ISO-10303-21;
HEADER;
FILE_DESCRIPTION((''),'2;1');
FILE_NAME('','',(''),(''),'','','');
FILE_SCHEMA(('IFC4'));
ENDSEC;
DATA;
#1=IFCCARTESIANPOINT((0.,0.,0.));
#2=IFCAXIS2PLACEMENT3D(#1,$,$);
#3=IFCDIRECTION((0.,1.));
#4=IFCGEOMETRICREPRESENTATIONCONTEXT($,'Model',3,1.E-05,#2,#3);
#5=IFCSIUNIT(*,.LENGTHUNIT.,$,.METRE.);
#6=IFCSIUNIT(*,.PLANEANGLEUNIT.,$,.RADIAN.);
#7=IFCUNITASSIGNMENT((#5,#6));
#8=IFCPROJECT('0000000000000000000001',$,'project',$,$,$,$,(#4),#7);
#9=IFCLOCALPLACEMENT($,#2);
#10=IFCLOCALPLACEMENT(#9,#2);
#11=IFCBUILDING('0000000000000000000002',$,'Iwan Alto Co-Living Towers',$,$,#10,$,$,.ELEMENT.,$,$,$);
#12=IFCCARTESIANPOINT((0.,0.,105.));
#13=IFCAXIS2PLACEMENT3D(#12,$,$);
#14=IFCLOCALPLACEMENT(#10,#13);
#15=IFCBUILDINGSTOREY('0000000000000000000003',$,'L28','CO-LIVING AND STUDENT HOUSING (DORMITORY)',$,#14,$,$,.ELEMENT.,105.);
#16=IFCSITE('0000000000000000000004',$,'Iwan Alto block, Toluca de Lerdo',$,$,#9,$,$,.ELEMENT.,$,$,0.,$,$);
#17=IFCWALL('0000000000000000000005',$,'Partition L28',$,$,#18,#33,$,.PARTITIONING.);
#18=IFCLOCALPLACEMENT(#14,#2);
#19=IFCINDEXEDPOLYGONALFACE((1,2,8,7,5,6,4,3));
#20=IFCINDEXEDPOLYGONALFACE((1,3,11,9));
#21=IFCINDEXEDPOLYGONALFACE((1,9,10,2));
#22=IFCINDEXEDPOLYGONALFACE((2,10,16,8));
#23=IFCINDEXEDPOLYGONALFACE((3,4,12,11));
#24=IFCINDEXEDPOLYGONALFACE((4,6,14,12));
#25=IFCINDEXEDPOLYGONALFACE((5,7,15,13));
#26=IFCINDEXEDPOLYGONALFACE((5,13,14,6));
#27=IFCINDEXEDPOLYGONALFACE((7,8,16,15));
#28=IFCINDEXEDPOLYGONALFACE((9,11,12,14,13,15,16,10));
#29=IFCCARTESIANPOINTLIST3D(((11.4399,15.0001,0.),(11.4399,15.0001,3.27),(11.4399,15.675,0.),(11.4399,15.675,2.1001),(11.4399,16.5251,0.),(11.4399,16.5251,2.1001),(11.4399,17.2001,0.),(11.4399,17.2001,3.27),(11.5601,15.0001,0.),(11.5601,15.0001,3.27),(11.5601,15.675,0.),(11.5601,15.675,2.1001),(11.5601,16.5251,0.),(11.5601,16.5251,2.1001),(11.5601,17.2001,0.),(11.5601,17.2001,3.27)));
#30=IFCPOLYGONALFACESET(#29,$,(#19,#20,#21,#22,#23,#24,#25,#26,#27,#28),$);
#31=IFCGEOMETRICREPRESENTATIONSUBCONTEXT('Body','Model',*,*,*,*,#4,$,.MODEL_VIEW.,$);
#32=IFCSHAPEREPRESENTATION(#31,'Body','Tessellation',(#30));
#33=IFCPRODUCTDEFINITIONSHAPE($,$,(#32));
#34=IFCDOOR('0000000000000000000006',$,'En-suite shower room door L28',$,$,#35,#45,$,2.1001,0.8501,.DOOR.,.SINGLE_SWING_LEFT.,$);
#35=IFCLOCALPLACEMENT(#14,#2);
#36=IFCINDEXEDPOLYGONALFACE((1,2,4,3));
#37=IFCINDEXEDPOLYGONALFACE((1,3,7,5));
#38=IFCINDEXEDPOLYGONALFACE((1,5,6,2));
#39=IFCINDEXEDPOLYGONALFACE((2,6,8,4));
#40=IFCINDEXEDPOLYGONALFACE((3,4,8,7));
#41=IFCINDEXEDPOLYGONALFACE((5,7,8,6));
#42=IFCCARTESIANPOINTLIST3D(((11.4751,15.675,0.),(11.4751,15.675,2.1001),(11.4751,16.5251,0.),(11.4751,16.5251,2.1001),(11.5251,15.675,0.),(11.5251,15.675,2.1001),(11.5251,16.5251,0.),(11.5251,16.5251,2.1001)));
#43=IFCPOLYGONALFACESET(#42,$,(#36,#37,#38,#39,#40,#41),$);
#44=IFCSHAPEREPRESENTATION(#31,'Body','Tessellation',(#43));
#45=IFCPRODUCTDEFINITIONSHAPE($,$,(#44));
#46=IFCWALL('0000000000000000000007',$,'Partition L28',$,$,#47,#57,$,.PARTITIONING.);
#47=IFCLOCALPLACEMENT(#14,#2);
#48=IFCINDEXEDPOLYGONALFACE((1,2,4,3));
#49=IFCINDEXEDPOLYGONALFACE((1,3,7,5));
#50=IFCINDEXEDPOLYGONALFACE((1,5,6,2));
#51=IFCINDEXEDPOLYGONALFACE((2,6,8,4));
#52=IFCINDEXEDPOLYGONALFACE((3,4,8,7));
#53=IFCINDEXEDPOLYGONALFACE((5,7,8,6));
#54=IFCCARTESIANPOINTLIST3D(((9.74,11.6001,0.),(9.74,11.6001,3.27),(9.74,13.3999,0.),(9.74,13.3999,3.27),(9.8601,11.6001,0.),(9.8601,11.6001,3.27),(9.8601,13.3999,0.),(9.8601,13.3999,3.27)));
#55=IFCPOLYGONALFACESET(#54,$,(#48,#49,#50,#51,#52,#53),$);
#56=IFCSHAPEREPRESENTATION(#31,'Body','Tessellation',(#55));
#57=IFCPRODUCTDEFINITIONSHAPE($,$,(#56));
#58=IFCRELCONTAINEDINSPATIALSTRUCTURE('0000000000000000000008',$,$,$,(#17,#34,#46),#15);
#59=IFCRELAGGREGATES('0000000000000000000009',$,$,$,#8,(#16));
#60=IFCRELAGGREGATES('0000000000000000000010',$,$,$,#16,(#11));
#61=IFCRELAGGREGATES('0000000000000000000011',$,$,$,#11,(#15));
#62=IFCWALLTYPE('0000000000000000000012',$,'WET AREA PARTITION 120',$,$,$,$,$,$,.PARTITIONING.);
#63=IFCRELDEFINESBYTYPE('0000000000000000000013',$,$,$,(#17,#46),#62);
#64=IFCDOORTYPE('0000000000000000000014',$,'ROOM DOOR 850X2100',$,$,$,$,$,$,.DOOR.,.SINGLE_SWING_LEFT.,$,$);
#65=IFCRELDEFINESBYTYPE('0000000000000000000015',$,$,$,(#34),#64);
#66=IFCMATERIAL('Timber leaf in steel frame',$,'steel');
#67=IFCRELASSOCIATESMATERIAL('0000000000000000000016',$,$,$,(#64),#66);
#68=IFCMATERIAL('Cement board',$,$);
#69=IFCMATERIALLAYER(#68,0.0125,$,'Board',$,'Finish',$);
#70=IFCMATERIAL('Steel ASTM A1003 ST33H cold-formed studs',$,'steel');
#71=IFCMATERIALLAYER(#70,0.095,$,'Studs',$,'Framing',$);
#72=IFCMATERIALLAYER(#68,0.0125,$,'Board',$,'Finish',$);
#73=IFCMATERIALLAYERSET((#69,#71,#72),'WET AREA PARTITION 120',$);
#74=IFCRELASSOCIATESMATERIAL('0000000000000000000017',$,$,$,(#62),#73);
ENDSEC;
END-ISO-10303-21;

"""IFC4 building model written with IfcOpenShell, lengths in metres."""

from ifc_helpers import new_model, si_unit, direction, frame, frame_2d, origin, place, context, subcontext, project, spatial, rectangle, extrude, material, layer, layer_set, type_object, element, fill, save


model = new_model("IFC4")

# Units and contexts
model_context = context("Model", 3, precision=1e-05, world=origin(), true_north=direction((0.0, 1.0)))
body_context = subcontext(model_context, "Body", "Model", "MODEL_VIEW")
ifc_project = project(units=[si_unit("LENGTHUNIT", "METRE"), si_unit("PLANEANGLEUNIT", "RADIAN")], contexts=[model_context])

# Site, building, storey
site_placement = place(None, origin())
site = spatial("IfcSite", under=ifc_project, at=site_placement, Name="Iwan Alto block, Toluca de Lerdo", CompositionType="ELEMENT", RefElevation=0.0)
building_placement = place(site_placement, origin())
building = spatial("IfcBuilding", under=site, at=building_placement, Name="Iwan Alto Co-Living Towers", CompositionType="ELEMENT")
storey_placement = place(building_placement, frame((0.0, 0.0, 105.0)))
storey = spatial("IfcBuildingStorey", under=building, at=storey_placement, Name="L28", Description="CO-LIVING AND STUDENT HOUSING (DORMITORY)", CompositionType="ELEMENT", Elevation=105.0)

# Shared definitions
ifc_material_1 = material(Name="Steel ASTM A1003 ST33H cold-formed studs", Category="steel")

# Shared definitions
ifc_material_2 = material(Name="Timber leaf in steel frame", Category="steel")
door_type_1 = type_object("IfcDoorType", Name="ROOM DOOR 850X2100", OperationType="SINGLE_SWING_LEFT", PredefinedType="DOOR", material=ifc_material_2)

# Shared definitions
ifc_material_3 = material(Name="Cement board")
ifc_layer_1 = layer(ifc_material_3, 0.0125, Name="Board", Category="Finish")
ifc_layer_2 = layer(ifc_material_1, 0.095, Name="Studs", Category="Framing")
ifc_layer_3 = layer(ifc_material_3, 0.0125, Name="Board", Category="Finish")
ifc_layer_set_1 = layer_set([ifc_layer_1, ifc_layer_2, ifc_layer_3], Name="WET AREA PARTITION 120")
wall_type_1 = type_object("IfcWallType", Name="WET AREA PARTITION 120", PredefinedType="PARTITIONING", material=ifc_layer_set_1)

# Wall, opening, door
wall_1_placement = place(storey_placement, frame((11.5, 15.0, 0.0), z_axis=(0.0, 0.0, 1.0), x_axis=(0.0, 1.0, 0.0)))
wall_1 = element("IfcWall", 1, at=wall_1_placement, inside=storey, type_object=wall_type_1, Name="Partition L28", PredefinedType="PARTITIONING", context=body_context, shape_type="SweptSolid", body=[
    extrude(rectangle(XDim=2.2, YDim=0.1201, at=frame_2d((1.1001, 0.0))), origin(), (0.0, 0.0, 1.0), 3.27),
])
opening_1_placement = place(wall_1_placement, frame((0.675, 0.0, 0.0)))
opening_1 = element("IfcOpeningElement", 2, at=opening_1_placement, cuts=wall_1, PredefinedType="OPENING", context=body_context, shape_type="SweptSolid", body=[
    extrude(rectangle(XDim=0.8501, YDim=2.1001, at=frame_2d((0.425, 1.05))), frame((0.0, 0.0701, 0.0), z_axis=(0.0, -1.0, 0.0), x_axis=(1.0, 0.0, 0.0)), (0.0, 0.0, 1.0), 0.1401),
])
door_1_placement = place(opening_1_placement, origin())
door_1 = element("IfcDoor", 3, at=door_1_placement, inside=storey, type_object=door_type_1, Name="En-suite shower room door L28", OperationType="SINGLE_SWING_LEFT", OverallHeight=2.1001, OverallWidth=0.8501, PredefinedType="DOOR", context=body_context, shape_type="SweptSolid", body=[
    extrude(rectangle(XDim=0.8501, YDim=2.1001, at=frame_2d((0.425, 1.05))), frame((0.0, 0.0249, 0.0), z_axis=(0.0, -1.0, 0.0), x_axis=(1.0, 0.0, 0.0)), (0.0, 0.0, 1.0), 0.05),
])
fill(opening_1, door_1)

# Wall
wall_2_placement = place(storey_placement, frame((9.8, 11.6001, 0.0), z_axis=(0.0, 0.0, 1.0), x_axis=(0.0, 1.0, 0.0)))
element("IfcWall", 4, at=wall_2_placement, inside=storey, type_object=wall_type_1, Name="Partition L28", PredefinedType="PARTITIONING", context=body_context, shape_type="SweptSolid", body=[
    extrude(rectangle(XDim=1.7998, YDim=0.1201, at=frame_2d((0.8999, 0.0))), origin(), (0.0, 0.0, 1.0), 3.27),
])

save(model, "model.ifc")
